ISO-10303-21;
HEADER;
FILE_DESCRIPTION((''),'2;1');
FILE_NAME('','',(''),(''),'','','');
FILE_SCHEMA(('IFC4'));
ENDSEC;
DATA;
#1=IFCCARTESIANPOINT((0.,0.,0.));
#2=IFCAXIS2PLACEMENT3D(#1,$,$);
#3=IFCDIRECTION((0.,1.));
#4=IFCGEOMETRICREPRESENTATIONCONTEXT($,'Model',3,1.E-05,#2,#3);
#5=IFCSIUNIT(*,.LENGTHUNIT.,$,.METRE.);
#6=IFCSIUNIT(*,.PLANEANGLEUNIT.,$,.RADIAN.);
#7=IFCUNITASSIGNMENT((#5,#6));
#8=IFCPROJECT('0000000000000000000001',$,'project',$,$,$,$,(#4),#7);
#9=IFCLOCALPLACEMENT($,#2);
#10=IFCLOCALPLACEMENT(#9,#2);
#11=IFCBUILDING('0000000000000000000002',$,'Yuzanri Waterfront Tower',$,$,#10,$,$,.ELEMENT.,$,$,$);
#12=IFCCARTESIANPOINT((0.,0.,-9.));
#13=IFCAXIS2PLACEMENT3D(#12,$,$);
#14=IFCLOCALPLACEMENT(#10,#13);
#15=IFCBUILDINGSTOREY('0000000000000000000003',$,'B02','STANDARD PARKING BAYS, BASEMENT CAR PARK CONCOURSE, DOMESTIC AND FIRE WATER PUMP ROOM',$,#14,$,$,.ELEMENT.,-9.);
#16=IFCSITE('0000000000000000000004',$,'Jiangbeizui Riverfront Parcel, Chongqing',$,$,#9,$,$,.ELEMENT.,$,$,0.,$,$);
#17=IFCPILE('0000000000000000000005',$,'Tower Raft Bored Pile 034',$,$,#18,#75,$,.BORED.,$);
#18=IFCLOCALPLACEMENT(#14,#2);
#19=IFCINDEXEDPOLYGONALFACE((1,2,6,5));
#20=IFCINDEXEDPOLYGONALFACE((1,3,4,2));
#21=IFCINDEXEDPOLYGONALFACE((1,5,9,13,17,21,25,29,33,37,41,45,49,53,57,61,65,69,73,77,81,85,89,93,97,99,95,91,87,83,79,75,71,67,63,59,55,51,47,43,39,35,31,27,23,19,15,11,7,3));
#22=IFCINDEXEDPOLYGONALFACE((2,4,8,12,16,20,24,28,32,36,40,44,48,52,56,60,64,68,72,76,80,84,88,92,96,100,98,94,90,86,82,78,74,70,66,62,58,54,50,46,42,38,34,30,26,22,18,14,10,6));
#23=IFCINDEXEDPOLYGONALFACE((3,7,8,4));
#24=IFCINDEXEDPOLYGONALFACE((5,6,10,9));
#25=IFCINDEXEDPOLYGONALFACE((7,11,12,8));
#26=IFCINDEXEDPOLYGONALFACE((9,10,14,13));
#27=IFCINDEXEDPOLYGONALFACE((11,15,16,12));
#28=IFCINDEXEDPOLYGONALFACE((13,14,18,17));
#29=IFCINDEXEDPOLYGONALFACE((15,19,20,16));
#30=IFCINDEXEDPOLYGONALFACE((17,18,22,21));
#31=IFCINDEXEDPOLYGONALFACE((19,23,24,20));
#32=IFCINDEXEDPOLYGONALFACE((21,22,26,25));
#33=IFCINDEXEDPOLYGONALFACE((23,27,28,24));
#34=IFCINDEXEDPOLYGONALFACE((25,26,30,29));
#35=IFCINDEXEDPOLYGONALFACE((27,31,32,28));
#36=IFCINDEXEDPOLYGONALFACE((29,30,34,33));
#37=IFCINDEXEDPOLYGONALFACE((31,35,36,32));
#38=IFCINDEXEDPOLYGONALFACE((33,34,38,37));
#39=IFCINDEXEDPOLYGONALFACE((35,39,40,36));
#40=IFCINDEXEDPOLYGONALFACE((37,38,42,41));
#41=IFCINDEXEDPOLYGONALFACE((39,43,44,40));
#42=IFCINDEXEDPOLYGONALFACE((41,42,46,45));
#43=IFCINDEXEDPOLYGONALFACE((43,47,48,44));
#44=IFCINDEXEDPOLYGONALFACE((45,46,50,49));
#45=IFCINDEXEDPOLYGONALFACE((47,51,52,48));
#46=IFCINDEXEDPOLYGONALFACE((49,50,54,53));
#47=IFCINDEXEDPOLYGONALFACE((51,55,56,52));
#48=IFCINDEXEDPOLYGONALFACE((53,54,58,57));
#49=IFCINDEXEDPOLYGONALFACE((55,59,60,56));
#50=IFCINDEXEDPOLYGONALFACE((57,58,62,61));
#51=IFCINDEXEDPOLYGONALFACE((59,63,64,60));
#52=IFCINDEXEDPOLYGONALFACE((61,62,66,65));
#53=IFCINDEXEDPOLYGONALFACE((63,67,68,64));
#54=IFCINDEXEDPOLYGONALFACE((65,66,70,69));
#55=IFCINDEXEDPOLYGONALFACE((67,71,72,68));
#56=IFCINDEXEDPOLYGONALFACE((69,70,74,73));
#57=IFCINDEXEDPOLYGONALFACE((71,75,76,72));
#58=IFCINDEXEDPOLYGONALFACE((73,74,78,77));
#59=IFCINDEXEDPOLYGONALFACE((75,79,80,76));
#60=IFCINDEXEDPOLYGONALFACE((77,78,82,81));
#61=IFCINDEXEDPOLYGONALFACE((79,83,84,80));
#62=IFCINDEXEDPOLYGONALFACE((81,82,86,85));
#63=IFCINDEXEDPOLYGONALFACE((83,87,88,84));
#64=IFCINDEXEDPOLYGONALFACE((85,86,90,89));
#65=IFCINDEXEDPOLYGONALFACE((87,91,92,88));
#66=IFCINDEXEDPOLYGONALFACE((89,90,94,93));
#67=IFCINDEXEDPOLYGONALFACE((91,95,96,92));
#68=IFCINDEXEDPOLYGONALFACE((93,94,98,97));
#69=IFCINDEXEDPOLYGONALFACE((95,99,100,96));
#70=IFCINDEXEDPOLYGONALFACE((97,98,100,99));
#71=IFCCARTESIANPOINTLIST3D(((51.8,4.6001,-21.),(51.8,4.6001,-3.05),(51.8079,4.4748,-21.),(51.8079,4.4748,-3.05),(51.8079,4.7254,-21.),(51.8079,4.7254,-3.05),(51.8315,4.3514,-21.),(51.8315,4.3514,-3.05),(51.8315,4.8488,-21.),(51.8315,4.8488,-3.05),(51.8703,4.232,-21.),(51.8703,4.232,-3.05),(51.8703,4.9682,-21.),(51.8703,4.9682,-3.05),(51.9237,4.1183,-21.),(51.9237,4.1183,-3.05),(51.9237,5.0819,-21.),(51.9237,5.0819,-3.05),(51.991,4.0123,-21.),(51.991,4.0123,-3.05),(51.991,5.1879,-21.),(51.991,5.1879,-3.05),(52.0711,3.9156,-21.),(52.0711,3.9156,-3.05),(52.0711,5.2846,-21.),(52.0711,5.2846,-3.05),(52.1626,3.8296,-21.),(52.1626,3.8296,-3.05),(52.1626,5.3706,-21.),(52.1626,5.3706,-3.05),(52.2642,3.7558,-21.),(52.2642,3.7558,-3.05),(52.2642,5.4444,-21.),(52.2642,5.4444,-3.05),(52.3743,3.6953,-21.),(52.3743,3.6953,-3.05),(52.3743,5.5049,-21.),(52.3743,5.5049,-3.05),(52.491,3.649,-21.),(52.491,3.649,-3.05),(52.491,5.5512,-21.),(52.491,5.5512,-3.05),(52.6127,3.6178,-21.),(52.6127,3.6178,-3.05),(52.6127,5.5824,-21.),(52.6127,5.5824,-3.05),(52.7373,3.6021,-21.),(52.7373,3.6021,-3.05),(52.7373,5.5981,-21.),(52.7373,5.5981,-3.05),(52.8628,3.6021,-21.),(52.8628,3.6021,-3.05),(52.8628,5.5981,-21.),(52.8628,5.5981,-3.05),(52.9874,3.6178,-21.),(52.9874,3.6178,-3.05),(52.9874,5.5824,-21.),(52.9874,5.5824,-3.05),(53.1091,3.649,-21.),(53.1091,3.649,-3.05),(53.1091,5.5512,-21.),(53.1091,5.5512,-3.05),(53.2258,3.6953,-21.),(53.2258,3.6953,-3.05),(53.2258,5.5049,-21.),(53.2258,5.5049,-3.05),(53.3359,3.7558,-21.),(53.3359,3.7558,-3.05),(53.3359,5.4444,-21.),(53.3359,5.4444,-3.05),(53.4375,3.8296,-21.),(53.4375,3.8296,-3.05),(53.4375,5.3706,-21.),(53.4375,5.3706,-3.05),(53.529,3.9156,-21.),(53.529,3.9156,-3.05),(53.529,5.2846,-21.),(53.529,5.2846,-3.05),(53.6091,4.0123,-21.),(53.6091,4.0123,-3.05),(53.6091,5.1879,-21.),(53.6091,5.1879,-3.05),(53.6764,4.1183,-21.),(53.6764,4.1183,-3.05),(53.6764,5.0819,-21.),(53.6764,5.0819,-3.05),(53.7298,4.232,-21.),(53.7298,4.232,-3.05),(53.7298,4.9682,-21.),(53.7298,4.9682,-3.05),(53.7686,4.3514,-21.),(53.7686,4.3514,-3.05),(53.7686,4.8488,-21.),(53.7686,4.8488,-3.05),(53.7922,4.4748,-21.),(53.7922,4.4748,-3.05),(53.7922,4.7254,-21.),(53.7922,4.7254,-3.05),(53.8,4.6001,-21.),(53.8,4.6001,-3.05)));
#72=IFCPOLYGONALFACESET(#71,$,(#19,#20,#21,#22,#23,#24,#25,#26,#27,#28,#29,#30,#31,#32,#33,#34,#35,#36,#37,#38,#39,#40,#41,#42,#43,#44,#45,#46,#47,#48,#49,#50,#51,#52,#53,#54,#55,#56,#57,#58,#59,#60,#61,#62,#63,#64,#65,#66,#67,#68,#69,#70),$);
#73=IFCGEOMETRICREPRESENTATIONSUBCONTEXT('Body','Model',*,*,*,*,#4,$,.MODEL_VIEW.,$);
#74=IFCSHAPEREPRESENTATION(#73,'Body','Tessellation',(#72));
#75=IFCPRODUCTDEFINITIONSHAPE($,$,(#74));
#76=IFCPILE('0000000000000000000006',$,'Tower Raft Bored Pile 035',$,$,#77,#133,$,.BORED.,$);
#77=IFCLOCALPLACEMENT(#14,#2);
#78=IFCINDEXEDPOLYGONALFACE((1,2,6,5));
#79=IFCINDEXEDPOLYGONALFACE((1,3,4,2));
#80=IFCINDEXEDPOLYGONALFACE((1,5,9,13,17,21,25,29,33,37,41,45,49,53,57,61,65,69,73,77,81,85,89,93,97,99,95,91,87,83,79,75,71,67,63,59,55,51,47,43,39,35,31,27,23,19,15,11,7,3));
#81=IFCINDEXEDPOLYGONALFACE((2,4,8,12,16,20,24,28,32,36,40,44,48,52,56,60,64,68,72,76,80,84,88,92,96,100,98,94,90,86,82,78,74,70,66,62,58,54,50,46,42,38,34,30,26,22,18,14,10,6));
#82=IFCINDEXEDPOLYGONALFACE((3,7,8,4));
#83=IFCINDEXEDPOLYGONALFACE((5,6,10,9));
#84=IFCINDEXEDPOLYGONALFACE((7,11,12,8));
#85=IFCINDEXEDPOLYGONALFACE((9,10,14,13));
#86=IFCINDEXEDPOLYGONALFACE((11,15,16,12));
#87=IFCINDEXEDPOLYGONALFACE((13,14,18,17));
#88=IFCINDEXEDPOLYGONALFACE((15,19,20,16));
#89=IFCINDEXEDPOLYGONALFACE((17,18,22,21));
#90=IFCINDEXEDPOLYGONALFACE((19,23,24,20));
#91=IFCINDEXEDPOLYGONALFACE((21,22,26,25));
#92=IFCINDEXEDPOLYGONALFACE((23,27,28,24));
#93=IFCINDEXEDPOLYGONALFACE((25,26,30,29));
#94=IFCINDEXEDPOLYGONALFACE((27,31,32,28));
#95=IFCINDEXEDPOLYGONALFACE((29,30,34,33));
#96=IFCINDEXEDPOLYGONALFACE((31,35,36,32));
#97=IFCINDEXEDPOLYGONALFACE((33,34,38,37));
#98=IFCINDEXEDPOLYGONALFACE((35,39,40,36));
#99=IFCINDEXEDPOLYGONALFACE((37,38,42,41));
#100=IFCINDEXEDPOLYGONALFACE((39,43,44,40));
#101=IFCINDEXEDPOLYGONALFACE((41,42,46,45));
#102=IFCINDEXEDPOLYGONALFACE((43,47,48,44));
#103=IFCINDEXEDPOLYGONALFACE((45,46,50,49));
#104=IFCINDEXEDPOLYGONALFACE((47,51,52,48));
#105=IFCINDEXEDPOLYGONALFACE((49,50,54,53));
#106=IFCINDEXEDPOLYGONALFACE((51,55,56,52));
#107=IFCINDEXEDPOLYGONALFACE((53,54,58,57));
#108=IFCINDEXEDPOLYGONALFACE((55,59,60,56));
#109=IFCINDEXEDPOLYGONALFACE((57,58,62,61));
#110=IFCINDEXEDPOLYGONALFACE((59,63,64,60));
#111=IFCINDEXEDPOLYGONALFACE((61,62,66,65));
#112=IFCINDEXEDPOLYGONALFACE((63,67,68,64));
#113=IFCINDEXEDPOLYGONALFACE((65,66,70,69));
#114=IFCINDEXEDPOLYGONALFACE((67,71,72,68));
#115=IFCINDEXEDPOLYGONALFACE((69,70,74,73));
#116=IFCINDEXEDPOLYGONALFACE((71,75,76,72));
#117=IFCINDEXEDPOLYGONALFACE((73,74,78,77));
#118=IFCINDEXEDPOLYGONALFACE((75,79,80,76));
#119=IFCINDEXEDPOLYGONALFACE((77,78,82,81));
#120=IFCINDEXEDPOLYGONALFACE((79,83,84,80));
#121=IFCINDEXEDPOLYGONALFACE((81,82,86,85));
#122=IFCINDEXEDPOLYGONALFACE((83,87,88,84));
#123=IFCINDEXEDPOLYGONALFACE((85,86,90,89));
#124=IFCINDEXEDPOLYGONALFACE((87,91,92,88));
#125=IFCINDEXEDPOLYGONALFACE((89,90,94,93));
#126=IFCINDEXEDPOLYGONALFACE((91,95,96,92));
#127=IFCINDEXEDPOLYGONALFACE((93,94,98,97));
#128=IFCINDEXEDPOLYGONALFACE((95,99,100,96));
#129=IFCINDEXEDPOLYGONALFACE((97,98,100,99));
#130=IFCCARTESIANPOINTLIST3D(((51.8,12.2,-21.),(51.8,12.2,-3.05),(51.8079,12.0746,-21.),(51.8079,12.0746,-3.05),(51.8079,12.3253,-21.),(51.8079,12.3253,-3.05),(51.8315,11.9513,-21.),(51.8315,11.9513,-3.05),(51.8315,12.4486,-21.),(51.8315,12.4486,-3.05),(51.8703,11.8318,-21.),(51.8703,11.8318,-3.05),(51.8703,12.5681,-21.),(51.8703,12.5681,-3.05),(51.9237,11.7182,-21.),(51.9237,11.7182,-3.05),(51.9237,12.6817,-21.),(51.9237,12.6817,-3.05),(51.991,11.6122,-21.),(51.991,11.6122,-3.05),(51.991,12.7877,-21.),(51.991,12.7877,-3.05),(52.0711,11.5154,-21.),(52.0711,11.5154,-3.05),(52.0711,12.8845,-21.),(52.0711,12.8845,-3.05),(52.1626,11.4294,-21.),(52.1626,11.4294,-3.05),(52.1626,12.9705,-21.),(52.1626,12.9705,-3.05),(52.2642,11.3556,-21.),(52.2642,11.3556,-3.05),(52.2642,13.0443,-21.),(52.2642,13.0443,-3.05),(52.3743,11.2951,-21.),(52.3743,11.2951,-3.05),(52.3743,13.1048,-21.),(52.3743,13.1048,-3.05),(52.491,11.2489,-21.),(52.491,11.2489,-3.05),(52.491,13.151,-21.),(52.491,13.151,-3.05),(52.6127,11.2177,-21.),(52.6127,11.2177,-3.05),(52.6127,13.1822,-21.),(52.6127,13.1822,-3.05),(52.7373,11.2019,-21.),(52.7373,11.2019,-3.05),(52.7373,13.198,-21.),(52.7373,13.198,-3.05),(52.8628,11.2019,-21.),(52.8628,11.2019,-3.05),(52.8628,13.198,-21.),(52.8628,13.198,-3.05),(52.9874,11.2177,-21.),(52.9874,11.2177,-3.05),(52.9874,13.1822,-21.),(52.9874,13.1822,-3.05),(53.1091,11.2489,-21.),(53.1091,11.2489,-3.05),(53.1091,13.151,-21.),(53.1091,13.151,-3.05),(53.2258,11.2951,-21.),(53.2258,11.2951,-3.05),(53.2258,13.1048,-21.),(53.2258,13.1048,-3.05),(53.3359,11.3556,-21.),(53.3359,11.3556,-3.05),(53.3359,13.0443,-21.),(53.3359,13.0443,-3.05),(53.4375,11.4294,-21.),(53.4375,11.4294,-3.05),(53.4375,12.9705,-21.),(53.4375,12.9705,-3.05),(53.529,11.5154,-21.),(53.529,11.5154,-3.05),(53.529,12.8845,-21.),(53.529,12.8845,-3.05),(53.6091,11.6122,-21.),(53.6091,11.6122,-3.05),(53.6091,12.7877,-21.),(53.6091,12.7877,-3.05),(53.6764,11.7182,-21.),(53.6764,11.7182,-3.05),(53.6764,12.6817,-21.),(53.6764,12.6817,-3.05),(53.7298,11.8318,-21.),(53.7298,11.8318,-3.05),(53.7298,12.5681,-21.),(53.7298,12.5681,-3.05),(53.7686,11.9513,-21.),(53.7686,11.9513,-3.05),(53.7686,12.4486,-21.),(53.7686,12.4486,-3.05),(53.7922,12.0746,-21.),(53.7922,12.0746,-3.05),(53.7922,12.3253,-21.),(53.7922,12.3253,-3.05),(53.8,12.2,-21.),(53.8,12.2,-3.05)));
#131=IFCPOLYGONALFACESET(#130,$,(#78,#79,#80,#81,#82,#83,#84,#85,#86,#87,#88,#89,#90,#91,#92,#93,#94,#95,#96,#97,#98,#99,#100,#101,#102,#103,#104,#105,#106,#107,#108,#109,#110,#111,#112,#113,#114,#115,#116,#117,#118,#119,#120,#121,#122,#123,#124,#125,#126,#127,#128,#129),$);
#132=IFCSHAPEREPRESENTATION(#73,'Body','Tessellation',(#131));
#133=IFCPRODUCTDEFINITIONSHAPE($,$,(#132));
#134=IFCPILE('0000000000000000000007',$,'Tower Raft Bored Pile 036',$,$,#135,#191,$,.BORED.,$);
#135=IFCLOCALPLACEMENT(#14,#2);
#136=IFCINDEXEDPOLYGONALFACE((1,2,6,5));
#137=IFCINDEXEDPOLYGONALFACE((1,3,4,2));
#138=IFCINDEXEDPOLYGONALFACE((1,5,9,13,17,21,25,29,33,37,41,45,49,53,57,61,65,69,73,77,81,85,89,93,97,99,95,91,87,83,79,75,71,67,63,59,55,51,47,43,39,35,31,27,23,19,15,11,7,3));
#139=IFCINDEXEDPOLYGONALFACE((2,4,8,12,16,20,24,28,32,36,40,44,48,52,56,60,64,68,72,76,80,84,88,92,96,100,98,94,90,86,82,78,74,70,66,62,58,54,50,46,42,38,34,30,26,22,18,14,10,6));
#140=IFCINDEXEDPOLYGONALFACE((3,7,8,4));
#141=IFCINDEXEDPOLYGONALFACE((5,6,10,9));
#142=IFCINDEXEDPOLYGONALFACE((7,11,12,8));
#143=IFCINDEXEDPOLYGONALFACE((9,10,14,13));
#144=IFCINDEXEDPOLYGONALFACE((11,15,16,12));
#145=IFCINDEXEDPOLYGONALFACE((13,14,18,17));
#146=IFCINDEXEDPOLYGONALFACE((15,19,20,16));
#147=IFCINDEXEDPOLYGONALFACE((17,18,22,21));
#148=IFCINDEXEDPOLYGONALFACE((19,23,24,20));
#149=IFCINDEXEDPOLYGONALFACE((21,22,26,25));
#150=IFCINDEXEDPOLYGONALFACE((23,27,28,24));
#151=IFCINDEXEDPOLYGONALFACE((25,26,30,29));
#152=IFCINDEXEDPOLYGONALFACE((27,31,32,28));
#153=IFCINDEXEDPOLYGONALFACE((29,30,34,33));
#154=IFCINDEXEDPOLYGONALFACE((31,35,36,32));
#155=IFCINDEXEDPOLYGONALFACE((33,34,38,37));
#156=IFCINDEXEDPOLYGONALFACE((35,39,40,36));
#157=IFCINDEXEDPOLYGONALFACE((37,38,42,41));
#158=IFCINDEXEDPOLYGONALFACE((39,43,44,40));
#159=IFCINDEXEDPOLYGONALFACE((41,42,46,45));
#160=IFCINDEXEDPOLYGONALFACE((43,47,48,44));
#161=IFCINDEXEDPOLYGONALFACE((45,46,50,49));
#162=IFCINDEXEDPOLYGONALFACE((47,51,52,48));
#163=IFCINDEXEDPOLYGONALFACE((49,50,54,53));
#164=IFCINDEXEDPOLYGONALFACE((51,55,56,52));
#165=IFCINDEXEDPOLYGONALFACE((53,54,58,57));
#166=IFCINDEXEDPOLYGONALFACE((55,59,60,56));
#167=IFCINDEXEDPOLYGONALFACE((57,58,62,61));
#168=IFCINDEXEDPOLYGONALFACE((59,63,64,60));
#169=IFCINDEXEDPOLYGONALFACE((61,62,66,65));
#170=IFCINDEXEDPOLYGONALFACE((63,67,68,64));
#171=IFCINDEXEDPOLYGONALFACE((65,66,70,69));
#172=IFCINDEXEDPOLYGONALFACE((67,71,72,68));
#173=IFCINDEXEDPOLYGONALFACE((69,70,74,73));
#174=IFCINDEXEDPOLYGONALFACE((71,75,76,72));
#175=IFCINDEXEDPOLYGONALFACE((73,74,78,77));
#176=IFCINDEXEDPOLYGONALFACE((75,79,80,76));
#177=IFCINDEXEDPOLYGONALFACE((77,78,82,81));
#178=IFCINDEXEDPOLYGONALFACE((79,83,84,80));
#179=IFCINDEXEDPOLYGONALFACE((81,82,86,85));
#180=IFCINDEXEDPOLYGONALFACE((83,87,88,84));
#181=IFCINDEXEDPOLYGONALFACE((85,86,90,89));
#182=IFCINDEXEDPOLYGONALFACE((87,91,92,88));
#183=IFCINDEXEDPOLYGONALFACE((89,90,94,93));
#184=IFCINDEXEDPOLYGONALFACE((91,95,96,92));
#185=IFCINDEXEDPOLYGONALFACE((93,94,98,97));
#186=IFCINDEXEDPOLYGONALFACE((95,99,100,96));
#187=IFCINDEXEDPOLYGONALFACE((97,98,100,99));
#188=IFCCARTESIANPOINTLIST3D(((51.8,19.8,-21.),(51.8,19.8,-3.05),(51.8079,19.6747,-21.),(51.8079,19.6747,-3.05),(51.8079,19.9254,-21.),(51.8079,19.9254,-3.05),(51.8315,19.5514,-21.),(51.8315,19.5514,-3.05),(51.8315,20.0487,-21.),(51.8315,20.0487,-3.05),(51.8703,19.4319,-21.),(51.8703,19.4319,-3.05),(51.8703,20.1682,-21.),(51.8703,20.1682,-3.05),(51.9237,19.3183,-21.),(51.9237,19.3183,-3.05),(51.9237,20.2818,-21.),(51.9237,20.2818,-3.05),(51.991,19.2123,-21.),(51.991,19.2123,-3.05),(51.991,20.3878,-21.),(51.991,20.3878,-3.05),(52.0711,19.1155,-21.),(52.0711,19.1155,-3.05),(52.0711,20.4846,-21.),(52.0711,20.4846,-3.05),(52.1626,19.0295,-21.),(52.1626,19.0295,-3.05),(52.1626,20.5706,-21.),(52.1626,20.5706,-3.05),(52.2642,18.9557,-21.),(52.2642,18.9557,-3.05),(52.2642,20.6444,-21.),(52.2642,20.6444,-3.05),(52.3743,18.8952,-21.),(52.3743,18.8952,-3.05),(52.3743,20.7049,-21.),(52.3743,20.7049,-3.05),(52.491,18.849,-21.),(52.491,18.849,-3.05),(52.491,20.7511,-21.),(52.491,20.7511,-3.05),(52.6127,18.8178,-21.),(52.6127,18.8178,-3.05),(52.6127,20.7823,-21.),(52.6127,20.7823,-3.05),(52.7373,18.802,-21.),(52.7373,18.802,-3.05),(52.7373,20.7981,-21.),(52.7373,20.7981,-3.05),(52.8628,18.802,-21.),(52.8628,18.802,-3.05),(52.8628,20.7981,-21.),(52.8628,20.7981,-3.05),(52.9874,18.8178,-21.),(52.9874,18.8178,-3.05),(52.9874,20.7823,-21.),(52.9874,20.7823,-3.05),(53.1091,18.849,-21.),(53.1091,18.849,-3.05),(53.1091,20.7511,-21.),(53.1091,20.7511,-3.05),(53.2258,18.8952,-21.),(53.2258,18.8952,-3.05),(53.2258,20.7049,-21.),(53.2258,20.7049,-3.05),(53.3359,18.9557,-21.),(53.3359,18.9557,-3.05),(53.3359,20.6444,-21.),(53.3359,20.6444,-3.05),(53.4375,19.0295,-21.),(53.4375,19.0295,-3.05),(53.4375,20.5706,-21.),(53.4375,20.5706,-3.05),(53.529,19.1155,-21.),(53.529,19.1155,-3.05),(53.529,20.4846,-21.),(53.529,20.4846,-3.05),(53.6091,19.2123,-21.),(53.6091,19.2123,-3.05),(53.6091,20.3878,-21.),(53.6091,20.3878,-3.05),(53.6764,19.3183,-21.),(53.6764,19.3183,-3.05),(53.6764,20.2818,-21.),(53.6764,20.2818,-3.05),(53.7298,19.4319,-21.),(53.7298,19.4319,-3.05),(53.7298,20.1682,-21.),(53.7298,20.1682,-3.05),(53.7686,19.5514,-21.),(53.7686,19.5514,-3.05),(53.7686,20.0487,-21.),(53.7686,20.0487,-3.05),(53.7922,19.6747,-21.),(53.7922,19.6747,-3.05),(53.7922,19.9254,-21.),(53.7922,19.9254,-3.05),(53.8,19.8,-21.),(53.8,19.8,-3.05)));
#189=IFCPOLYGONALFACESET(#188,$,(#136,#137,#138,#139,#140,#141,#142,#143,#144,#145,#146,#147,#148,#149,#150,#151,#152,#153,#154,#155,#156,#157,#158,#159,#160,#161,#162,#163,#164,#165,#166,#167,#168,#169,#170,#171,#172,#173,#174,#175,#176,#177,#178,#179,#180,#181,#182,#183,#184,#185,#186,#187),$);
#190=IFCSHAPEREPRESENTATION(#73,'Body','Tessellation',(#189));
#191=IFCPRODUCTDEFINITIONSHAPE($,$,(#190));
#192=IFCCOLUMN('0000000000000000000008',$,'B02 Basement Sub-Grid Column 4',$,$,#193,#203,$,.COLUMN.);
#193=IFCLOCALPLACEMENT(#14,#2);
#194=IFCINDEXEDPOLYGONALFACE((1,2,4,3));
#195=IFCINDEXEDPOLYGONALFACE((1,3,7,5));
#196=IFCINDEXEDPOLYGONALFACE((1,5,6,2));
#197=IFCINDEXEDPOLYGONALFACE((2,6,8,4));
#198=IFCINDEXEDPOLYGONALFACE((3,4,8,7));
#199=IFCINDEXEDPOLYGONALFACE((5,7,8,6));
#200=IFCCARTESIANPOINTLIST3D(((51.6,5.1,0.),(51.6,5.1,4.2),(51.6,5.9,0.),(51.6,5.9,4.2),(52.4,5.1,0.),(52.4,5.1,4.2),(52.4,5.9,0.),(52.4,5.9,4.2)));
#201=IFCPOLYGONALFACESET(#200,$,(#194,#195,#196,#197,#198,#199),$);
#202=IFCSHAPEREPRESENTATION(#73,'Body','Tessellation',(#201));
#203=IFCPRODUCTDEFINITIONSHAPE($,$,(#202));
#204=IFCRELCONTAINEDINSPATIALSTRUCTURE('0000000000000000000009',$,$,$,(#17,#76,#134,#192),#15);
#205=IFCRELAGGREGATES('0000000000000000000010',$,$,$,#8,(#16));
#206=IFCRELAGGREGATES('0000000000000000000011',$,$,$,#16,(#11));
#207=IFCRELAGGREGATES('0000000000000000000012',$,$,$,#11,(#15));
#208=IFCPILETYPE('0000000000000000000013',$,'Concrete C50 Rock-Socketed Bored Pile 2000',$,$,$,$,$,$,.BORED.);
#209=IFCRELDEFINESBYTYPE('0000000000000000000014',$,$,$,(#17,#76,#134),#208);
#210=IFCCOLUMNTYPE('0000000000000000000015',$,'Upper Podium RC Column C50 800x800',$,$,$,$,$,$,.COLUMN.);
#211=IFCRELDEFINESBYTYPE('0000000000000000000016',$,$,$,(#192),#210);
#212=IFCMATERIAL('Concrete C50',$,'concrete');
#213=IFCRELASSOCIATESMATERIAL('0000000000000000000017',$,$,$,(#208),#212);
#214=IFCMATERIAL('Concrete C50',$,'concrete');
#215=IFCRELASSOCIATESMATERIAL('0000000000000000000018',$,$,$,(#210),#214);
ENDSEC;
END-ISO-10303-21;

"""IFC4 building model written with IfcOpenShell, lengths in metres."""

from ifc_helpers import new_model, si_unit, direction, frame, origin, origin_2d, place, context, subcontext, project, spatial, rectangle, circle, extrude, source, transform, mapped, material, material_profile, profile_set, type_object, element, save


model = new_model("IFC4")

# Units and contexts
model_context = context("Model", 3, precision=1e-05, world=origin(), true_north=direction((0.0, 1.0)))
body_context = subcontext(model_context, "Body", "Model", "MODEL_VIEW")
ifc_project = project(units=[si_unit("LENGTHUNIT", "METRE"), si_unit("PLANEANGLEUNIT", "RADIAN")], contexts=[model_context])

# Site, building, storey
site_placement = place(None, origin())
site = spatial("IfcSite", under=ifc_project, at=site_placement, Name="Jiangbeizui Riverfront Parcel, Chongqing", CompositionType="ELEMENT", RefElevation=0.0)
building_placement = place(site_placement, origin())
building = spatial("IfcBuilding", under=site, at=building_placement, Name="Yuzanri Waterfront Tower", CompositionType="ELEMENT")
storey_placement = place(building_placement, frame((0.0, 0.0, -9.0)))
storey = spatial("IfcBuildingStorey", under=building, at=storey_placement, Name="B02", Description="STANDARD PARKING BAYS, BASEMENT CAR PARK CONCOURSE, DOMESTIC AND FIRE WATER PUMP ROOM", CompositionType="ELEMENT", Elevation=-9.0)

# Piles
ifc_material_1 = material(Name="Concrete C50", Category="concrete")
ifc_material_profile_1 = material_profile(ifc_material_1, circle(Radius=1.0, at=origin_2d()), Name="PILE D2000")
ifc_profile_set_1 = profile_set([ifc_material_profile_1], Name="Concrete C50")
pile_type = type_object("IfcPileType", Name="Concrete C50 Rock-Socketed Bored Pile 2000", PredefinedType="BORED", material=ifc_profile_set_1)
shared_shape_1 = source(origin(), body_context, "Body", "SweptSolid", [
    extrude(circle(Radius=1.0, at=origin_2d()), origin(), (0.0, 0.0, 1.0), 17.95),
])
for number, where, z_axis, x_axis, name in (
    (1, (52.8, 4.6001, -3.05), (0.0, 0.0, -1.0), (1.0, 0.0, 0.0), "Tower Raft Bored Pile 034"),
    (2, (52.8, 12.2, -3.05), (0.0, 0.0, -1.0), (1.0, 0.0, 0.0), "Tower Raft Bored Pile 035"),
    (3, (52.8, 19.8, -3.05), (0.0, 0.0, -1.0), (1.0, 0.0, 0.0), "Tower Raft Bored Pile 036"),
):
    element("IfcPile", number, at=place(storey_placement, frame(where, z_axis=z_axis, x_axis=x_axis)), inside=storey, type_object=pile_type, Name=name, PredefinedType="BORED", context=body_context, shape_type="MappedRepresentation", body=[
        mapped(shared_shape_1, transform((0.0, 0.0, 0.0), scale=1.0)),
    ])

# Column
ifc_material_2 = material(Name="Concrete C50", Category="concrete")
ifc_material_profile_2 = material_profile(ifc_material_2, rectangle(XDim=0.8, YDim=0.8, at=origin_2d()), Name="RC 800x800")
ifc_profile_set_2 = profile_set([ifc_material_profile_2], Name="Concrete C50")
column_type_1 = type_object("IfcColumnType", Name="Upper Podium RC Column C50 800x800", PredefinedType="COLUMN", material=ifc_profile_set_2)
shared_shape_2 = source(origin(), body_context, "Body", "SweptSolid", [
    extrude(rectangle(XDim=0.8, YDim=0.8, at=origin_2d()), origin(), (0.0, 0.0, 1.0), 4.2),
])
column_1_placement = place(storey_placement, frame((52.0, 5.5, 0.0), z_axis=(0.0, 0.0, 1.0), x_axis=(1.0, 0.0, 0.0)))
element("IfcColumn", 4, at=column_1_placement, inside=storey, type_object=column_type_1, Name="B02 Basement Sub-Grid Column 4", PredefinedType="COLUMN", context=body_context, shape_type="MappedRepresentation", body=[
    mapped(shared_shape_2, transform((0.0, 0.0, 0.0), scale=1.0)),
])

save(model, "model.ifc")
